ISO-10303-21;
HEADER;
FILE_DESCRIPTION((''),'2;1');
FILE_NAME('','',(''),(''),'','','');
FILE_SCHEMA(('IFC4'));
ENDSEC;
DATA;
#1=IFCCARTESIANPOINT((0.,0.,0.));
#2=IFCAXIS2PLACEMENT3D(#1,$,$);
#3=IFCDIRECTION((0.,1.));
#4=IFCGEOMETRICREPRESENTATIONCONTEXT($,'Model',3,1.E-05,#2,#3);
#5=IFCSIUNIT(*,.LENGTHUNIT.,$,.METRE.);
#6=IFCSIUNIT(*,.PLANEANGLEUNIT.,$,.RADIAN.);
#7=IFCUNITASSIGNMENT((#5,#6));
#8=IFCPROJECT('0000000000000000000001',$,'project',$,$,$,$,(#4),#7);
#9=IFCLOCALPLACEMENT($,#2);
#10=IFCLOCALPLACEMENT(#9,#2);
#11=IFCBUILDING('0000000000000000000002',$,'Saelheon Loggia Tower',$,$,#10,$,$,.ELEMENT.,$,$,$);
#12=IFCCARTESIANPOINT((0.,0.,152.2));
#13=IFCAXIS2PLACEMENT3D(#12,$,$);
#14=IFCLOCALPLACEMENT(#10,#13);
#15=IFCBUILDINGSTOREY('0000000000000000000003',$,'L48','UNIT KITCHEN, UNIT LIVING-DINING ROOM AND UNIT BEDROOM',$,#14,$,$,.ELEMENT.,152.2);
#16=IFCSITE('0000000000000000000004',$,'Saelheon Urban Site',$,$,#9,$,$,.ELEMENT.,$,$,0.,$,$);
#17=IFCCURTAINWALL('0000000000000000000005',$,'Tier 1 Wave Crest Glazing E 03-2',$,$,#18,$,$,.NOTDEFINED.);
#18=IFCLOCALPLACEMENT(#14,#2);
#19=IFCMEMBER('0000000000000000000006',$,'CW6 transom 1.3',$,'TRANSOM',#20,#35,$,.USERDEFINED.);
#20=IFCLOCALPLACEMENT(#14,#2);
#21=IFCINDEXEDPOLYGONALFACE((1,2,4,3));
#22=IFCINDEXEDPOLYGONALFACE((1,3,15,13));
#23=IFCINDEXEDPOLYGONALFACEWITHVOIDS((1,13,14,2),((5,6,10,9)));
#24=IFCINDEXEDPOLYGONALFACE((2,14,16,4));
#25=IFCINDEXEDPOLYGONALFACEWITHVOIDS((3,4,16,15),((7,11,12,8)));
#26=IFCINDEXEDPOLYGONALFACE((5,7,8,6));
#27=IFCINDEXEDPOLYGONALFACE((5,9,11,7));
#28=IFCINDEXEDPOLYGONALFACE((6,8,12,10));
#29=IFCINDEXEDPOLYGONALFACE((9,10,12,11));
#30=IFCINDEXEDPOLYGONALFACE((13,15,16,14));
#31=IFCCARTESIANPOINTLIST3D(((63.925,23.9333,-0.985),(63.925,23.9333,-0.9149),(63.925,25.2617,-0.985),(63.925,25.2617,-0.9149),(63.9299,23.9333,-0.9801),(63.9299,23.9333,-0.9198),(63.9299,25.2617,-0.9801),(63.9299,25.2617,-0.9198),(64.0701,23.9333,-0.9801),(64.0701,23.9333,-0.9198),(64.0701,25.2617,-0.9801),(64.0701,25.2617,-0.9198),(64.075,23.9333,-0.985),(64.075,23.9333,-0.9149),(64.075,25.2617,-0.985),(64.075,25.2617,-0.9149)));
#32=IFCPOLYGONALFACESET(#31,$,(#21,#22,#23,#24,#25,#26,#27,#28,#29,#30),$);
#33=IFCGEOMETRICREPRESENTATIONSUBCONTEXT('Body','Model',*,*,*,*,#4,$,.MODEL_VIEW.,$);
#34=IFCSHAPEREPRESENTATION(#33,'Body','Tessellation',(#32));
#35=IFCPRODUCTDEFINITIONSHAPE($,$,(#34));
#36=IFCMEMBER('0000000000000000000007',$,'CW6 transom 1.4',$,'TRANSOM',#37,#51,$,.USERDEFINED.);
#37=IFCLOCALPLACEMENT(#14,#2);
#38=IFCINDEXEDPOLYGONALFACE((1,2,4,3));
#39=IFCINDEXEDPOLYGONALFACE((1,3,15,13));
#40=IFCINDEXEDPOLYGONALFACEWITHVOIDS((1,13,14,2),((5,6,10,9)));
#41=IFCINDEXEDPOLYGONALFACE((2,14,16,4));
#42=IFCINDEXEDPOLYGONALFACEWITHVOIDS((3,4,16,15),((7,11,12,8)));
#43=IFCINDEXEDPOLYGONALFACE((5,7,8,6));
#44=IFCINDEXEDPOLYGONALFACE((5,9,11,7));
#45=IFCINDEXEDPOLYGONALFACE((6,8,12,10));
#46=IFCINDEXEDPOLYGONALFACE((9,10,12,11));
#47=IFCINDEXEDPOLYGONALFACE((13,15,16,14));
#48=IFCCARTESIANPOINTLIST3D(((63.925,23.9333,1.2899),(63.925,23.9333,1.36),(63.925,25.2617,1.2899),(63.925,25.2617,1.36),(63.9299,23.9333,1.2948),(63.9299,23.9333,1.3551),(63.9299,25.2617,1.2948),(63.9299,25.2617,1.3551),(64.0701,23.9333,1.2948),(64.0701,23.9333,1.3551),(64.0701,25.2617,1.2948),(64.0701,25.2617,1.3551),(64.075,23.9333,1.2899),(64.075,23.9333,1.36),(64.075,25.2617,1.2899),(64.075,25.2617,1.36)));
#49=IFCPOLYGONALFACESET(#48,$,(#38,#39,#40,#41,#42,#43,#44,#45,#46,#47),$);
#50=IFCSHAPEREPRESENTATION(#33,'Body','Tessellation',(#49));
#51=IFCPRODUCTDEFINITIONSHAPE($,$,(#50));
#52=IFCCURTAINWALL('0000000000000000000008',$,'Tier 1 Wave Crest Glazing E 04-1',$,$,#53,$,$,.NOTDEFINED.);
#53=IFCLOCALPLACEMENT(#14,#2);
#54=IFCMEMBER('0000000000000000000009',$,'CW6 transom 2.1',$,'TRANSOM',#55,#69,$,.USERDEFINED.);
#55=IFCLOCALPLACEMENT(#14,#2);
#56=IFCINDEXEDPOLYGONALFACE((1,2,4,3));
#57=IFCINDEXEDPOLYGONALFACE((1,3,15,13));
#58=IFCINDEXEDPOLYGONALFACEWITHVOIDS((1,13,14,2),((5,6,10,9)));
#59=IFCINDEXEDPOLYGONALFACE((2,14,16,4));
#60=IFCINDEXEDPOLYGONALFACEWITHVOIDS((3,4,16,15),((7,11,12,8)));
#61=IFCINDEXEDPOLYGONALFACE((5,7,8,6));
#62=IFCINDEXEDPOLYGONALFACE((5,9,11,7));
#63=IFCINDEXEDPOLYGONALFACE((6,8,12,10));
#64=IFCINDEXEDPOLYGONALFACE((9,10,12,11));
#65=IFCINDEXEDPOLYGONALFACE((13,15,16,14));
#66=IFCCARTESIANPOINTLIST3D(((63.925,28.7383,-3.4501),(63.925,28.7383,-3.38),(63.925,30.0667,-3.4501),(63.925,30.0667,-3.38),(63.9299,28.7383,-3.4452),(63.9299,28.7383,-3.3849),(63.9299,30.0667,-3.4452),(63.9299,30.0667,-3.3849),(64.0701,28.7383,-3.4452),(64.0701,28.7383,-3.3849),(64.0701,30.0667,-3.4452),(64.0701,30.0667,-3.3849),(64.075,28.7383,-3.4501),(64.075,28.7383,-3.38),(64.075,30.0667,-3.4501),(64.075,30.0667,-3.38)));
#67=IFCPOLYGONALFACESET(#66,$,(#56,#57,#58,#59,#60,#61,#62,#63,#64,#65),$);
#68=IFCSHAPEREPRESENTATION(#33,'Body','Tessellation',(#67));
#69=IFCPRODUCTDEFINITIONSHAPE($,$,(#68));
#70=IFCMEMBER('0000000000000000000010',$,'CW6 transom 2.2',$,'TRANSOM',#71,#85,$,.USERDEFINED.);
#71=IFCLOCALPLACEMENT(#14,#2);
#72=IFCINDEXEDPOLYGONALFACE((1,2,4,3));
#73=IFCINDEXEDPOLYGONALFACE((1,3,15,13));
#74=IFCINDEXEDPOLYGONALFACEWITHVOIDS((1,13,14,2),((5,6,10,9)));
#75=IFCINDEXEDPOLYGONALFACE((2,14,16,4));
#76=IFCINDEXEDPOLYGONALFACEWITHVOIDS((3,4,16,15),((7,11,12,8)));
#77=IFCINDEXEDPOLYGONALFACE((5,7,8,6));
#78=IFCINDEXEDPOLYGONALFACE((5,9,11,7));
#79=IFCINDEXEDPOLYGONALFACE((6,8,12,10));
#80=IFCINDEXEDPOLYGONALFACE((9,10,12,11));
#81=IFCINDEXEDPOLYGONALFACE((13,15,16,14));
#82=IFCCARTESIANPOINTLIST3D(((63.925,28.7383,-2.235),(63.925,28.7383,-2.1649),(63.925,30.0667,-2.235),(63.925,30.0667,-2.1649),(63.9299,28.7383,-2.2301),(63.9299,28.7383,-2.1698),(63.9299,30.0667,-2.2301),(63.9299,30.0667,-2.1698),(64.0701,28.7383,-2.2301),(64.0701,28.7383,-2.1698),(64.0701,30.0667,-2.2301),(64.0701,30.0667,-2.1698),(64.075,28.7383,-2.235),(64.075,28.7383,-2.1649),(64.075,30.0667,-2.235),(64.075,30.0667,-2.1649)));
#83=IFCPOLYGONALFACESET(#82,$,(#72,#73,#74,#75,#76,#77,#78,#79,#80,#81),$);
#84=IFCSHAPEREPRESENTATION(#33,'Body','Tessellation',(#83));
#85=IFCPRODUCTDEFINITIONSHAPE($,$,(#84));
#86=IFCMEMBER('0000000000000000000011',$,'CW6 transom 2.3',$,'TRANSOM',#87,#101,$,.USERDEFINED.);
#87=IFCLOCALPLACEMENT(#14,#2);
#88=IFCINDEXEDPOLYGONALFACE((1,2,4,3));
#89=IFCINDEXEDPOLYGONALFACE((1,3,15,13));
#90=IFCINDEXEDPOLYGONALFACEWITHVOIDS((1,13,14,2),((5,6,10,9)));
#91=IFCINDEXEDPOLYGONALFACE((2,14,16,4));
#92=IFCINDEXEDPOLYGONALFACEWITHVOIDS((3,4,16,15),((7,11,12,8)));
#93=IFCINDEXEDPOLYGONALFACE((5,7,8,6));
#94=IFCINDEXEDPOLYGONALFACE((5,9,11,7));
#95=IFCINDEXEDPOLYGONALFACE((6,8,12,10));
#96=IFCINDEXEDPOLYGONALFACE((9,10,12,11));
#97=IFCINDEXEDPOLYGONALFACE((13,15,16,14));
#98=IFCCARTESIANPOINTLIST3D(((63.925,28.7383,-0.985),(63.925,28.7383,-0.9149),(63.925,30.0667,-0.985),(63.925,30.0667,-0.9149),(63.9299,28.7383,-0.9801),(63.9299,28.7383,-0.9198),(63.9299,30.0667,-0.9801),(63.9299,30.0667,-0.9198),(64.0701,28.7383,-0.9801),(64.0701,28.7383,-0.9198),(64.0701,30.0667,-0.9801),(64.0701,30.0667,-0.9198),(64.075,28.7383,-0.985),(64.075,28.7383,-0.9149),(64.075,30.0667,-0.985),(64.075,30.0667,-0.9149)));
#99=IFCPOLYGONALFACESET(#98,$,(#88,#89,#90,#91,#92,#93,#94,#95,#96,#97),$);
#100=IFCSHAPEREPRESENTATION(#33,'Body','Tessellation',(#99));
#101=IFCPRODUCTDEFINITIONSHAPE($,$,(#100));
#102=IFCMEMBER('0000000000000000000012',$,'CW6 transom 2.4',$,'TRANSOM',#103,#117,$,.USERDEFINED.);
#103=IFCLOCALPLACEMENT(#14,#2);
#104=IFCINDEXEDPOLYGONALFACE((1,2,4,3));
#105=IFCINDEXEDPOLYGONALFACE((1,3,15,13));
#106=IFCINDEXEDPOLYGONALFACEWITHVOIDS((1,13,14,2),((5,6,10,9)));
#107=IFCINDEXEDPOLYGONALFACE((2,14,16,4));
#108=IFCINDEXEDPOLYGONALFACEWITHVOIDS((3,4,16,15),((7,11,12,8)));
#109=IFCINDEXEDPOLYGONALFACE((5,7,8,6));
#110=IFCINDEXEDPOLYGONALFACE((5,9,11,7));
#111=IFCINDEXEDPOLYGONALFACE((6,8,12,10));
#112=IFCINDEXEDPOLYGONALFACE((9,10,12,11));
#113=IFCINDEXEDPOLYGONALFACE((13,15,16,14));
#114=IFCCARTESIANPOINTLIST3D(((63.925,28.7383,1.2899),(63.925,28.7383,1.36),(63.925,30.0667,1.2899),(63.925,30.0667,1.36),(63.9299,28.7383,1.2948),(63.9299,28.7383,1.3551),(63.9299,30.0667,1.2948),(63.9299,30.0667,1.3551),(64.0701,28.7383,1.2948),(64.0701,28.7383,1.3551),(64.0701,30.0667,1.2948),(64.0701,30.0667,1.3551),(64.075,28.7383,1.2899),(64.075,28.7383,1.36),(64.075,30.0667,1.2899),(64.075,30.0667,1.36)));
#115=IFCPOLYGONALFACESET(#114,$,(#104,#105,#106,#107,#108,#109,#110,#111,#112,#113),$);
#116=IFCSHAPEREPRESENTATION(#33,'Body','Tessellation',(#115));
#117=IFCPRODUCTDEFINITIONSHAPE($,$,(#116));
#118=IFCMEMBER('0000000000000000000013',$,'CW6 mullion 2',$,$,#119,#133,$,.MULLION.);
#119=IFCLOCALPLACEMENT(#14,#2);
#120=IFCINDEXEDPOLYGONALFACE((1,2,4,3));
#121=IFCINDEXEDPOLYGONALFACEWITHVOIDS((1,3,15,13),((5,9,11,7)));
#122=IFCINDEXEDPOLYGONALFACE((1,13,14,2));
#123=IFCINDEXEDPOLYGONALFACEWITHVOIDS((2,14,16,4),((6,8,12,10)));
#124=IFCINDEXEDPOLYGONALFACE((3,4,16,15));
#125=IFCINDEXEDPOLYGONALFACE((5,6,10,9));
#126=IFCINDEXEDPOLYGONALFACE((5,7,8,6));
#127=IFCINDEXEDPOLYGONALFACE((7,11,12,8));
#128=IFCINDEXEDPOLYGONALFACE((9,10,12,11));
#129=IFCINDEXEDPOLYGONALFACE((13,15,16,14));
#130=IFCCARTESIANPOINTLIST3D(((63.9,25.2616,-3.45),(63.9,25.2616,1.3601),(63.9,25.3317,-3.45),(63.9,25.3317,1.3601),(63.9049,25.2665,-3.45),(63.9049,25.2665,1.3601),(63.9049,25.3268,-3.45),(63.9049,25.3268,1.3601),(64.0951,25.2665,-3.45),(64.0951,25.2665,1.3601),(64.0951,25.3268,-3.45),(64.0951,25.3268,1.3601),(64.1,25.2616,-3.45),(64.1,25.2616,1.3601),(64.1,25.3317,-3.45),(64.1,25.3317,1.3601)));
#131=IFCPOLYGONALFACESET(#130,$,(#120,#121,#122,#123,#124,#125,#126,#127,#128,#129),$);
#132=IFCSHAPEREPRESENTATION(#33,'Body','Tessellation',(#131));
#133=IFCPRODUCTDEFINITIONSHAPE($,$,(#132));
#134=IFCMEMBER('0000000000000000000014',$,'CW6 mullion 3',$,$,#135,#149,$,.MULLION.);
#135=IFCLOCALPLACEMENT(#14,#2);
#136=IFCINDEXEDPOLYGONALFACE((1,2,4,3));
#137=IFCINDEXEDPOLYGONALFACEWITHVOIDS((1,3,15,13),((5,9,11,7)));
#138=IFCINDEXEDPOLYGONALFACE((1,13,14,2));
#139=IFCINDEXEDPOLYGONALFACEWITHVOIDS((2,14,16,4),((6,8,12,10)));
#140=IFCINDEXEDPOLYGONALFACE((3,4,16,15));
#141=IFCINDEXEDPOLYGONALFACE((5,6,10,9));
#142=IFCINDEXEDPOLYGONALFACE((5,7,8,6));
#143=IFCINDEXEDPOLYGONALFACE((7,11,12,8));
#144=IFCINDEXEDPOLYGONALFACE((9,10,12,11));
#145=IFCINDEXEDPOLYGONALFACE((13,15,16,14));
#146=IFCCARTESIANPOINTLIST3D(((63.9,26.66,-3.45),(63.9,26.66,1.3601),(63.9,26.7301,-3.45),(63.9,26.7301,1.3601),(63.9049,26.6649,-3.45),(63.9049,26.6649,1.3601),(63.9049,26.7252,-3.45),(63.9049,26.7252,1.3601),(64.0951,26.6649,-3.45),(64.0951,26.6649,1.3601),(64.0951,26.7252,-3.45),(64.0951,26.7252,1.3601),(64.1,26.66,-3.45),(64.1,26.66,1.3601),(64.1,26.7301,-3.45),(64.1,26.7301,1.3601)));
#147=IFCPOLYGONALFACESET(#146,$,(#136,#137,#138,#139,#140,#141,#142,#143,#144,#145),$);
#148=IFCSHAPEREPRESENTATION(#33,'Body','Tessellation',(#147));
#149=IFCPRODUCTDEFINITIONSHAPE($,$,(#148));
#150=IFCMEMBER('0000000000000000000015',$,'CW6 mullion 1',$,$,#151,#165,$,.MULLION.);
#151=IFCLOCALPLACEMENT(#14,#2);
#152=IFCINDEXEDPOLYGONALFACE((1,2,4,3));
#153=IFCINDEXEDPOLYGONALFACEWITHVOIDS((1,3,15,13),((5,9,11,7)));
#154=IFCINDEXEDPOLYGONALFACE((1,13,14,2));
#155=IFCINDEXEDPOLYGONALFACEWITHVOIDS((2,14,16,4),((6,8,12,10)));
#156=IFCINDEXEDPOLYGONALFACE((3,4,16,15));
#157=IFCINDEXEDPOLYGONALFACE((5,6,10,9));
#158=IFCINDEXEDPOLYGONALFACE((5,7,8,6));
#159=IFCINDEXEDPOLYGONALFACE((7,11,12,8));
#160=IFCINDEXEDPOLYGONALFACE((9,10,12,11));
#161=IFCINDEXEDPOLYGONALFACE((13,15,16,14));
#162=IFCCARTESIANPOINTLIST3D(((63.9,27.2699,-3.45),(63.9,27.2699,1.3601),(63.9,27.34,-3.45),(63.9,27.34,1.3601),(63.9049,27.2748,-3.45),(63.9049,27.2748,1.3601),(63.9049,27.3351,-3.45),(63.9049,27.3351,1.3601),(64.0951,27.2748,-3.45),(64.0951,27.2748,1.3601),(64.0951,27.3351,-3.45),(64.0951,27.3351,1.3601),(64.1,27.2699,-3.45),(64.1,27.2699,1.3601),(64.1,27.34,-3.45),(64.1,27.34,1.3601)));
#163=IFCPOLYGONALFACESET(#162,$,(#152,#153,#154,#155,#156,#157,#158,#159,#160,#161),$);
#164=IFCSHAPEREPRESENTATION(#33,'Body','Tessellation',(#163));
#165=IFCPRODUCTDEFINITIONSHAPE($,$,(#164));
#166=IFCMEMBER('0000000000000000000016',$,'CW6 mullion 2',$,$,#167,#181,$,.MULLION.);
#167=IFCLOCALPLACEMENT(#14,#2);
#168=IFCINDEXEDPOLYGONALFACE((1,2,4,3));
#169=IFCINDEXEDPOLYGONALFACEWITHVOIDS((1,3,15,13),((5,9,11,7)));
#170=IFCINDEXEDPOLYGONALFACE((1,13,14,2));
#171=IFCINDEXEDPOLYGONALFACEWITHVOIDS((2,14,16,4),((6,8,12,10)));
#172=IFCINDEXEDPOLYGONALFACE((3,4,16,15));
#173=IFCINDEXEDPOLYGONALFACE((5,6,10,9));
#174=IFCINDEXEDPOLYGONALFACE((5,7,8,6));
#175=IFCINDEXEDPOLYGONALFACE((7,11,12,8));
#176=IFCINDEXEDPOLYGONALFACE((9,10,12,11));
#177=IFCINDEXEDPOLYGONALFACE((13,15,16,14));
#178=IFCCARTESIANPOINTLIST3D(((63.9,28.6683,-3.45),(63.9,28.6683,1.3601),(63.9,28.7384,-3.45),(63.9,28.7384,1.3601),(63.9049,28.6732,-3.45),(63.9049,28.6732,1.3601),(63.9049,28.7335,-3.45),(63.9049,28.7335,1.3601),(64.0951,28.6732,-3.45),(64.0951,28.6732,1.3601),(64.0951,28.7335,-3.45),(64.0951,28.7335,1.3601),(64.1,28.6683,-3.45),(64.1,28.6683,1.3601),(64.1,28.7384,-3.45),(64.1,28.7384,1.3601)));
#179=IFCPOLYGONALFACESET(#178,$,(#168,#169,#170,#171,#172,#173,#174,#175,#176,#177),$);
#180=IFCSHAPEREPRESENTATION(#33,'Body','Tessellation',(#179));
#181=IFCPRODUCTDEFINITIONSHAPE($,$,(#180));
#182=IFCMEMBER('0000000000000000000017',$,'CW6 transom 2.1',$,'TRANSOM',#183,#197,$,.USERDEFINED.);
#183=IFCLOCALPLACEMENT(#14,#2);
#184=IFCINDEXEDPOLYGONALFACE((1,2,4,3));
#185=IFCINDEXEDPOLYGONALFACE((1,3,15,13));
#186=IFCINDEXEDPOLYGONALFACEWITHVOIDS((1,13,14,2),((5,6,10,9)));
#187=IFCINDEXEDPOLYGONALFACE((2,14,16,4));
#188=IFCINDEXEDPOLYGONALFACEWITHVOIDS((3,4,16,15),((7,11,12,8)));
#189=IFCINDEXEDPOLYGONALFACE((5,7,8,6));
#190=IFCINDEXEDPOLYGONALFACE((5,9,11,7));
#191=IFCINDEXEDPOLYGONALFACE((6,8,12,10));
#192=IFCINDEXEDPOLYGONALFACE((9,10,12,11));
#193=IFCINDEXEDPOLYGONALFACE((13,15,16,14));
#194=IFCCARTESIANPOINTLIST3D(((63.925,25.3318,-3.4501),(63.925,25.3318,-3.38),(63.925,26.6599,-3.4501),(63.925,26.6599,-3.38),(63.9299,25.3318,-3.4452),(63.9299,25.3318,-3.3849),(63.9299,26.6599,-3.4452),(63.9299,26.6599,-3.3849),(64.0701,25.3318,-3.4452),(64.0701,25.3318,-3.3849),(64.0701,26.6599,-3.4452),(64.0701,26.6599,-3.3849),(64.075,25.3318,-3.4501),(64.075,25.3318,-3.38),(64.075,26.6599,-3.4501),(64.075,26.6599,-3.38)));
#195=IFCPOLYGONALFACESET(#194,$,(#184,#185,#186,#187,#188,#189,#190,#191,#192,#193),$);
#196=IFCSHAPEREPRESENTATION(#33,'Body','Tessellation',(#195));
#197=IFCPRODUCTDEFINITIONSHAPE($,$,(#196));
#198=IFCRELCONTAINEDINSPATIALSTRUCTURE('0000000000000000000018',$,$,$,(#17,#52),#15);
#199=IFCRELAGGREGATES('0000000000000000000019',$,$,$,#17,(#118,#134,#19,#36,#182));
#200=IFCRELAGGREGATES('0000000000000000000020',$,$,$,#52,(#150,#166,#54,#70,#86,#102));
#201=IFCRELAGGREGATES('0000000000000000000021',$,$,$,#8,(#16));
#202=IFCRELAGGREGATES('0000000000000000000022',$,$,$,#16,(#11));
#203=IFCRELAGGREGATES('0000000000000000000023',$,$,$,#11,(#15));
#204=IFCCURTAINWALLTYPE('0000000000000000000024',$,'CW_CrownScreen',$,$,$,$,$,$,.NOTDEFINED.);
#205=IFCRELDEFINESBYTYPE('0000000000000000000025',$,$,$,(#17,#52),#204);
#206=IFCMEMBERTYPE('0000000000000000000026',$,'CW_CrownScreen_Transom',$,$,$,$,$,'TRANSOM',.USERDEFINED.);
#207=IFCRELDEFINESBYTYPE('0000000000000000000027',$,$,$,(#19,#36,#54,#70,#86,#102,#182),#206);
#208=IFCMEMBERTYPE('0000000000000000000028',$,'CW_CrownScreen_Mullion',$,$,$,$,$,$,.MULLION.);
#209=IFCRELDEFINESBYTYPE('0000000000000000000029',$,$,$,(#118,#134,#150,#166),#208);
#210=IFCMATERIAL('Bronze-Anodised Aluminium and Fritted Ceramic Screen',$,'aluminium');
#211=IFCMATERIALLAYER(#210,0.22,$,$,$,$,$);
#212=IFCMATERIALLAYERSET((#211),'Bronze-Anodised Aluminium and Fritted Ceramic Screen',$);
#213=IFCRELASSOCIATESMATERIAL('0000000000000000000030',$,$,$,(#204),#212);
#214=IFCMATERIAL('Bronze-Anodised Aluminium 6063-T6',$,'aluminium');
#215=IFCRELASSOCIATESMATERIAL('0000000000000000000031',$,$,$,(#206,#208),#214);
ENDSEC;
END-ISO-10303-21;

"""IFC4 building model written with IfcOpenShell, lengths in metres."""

from ifc_helpers import new_model, si_unit, direction, frame, origin, origin_2d, place, context, subcontext, project, spatial, hollow_rectangle, extrude, source, transform, mapped, material, layer, layer_set, material_profile, profile_set, type_object, element, aggregate, save


model = new_model("IFC4")

# Units and contexts
model_context = context("Model", 3, precision=1e-05, world=origin(), true_north=direction((0.0, 1.0)))
body_context = subcontext(model_context, "Body", "Model", "MODEL_VIEW")
ifc_project = project(units=[si_unit("LENGTHUNIT", "METRE"), si_unit("PLANEANGLEUNIT", "RADIAN")], contexts=[model_context])

# Site, building, storey
site_placement = place(None, origin())
site = spatial("IfcSite", under=ifc_project, at=site_placement, Name="Saelheon Urban Site", CompositionType="ELEMENT", RefElevation=0.0)
building_placement = place(site_placement, origin())
building = spatial("IfcBuilding", under=site, at=building_placement, Name="Saelheon Loggia Tower", CompositionType="ELEMENT")
storey_placement = place(building_placement, frame((0.0, 0.0, 152.2)))
storey = spatial("IfcBuildingStorey", under=building, at=storey_placement, Name="L48", Description="UNIT KITCHEN, UNIT LIVING-DINING ROOM AND UNIT BEDROOM", CompositionType="ELEMENT", Elevation=152.2)

# Curtain walls, members
ifc_material_1 = material(Name="Bronze-Anodised Aluminium and Fritted Ceramic Screen", Category="aluminium")
ifc_layer_1 = layer(ifc_material_1, 0.22)
ifc_layer_set_1 = layer_set([ifc_layer_1], Name="Bronze-Anodised Aluminium and Fritted Ceramic Screen")
curtain_wall_type = type_object("IfcCurtainWallType", Name="CW_CrownScreen", PredefinedType="NOTDEFINED", material=ifc_layer_set_1)
curtain_wall_1_placement = place(storey_placement, origin())
curtain_wall_1 = element("IfcCurtainWall", 1, at=curtain_wall_1_placement, inside=storey, type_object=curtain_wall_type, Name="Tier 1 Wave Crest Glazing E 03-2", PredefinedType="NOTDEFINED")
ifc_material_2 = material(Name="Bronze-Anodised Aluminium 6063-T6", Category="aluminium")
ifc_material_profile_1 = material_profile(ifc_material_2, hollow_rectangle(XDim=0.0701, YDim=0.1499, WallThickness=0.0049, at=origin_2d()), Name="RHS-150x70x5")
ifc_profile_set_1 = profile_set([ifc_material_profile_1], Name="Bronze-Anodised Aluminium 6063-T6")
member_type_1 = type_object("IfcMemberType", Name="CW_CrownScreen_Transom", ElementType="TRANSOM", PredefinedType="USERDEFINED", material=ifc_profile_set_1)
shared_shape_1 = source(origin(), body_context, "Body", "SweptSolid", [
    extrude(hollow_rectangle(XDim=0.0701, YDim=0.1499, WallThickness=0.0049, at=origin_2d()), origin(), (0.0, 0.0, 1.0), 1.3284),
])
member_1_placement = place(storey_placement, frame((64.0, 23.9333, -0.95), z_axis=(0.0, 1.0, 0.0), x_axis=(0.0, 0.0, 1.0)))
member_1 = element("IfcMember", 2, at=member_1_placement, type_object=member_type_1, Name="CW6 transom 1.3", ObjectType="TRANSOM", PredefinedType="USERDEFINED", context=body_context, shape_type="MappedRepresentation", body=[
    mapped(shared_shape_1, transform((0.0, 0.0, 0.0), scale=1.0)),
])
member_2_placement = place(storey_placement, frame((64.0, 23.9333, 1.325), z_axis=(0.0, 1.0, 0.0), x_axis=(0.0, 0.0, 1.0)))
member_2 = element("IfcMember", 3, at=member_2_placement, type_object=member_type_1, Name="CW6 transom 1.4", ObjectType="TRANSOM", PredefinedType="USERDEFINED", context=body_context, shape_type="MappedRepresentation", body=[
    mapped(shared_shape_1, transform((0.0, 0.0, 0.0), scale=1.0)),
])
curtain_wall_2_placement = place(storey_placement, origin())
curtain_wall_2 = element("IfcCurtainWall", 4, at=curtain_wall_2_placement, inside=storey, type_object=curtain_wall_type, Name="Tier 1 Wave Crest Glazing E 04-1", PredefinedType="NOTDEFINED")
member_3_placement = place(storey_placement, frame((64.0, 28.7383, -3.415), z_axis=(0.0, 1.0, 0.0), x_axis=(0.0, 0.0, 1.0)))
member_3 = element("IfcMember", 5, at=member_3_placement, type_object=member_type_1, Name="CW6 transom 2.1", ObjectType="TRANSOM", PredefinedType="USERDEFINED", context=body_context, shape_type="MappedRepresentation", body=[
    mapped(shared_shape_1, transform((0.0, 0.0, 0.0), scale=1.0)),
])
member_4_placement = place(storey_placement, frame((64.0, 28.7383, -2.2), z_axis=(0.0, 1.0, 0.0), x_axis=(0.0, 0.0, 1.0)))
member_4 = element("IfcMember", 6, at=member_4_placement, type_object=member_type_1, Name="CW6 transom 2.2", ObjectType="TRANSOM", PredefinedType="USERDEFINED", context=body_context, shape_type="MappedRepresentation", body=[
    mapped(shared_shape_1, transform((0.0, 0.0, 0.0), scale=1.0)),
])
member_5_placement = place(storey_placement, frame((64.0, 28.7383, -0.95), z_axis=(0.0, 1.0, 0.0), x_axis=(0.0, 0.0, 1.0)))
member_5 = element("IfcMember", 7, at=member_5_placement, type_object=member_type_1, Name="CW6 transom 2.3", ObjectType="TRANSOM", PredefinedType="USERDEFINED", context=body_context, shape_type="MappedRepresentation", body=[
    mapped(shared_shape_1, transform((0.0, 0.0, 0.0), scale=1.0)),
])
member_6_placement = place(storey_placement, frame((64.0, 28.7383, 1.325), z_axis=(0.0, 1.0, 0.0), x_axis=(0.0, 0.0, 1.0)))
member_6 = element("IfcMember", 8, at=member_6_placement, type_object=member_type_1, Name="CW6 transom 2.4", ObjectType="TRANSOM", PredefinedType="USERDEFINED", context=body_context, shape_type="MappedRepresentation", body=[
    mapped(shared_shape_1, transform((0.0, 0.0, 0.0), scale=1.0)),
])

# Members
ifc_material_profile_2 = material_profile(ifc_material_2, hollow_rectangle(XDim=0.0701, YDim=0.2, WallThickness=0.0049, at=origin_2d()), Name="RHS-200x70x5")
ifc_profile_set_2 = profile_set([ifc_material_profile_2], Name="Bronze-Anodised Aluminium 6063-T6")
member_type_2 = type_object("IfcMemberType", Name="CW_CrownScreen_Mullion", PredefinedType="MULLION", material=ifc_profile_set_2)
shared_shape_2 = source(origin(), body_context, "Body", "SweptSolid", [
    extrude(hollow_rectangle(XDim=0.0701, YDim=0.2, WallThickness=0.0049, at=origin_2d()), origin(), (0.0, 0.0, 1.0), 4.8101),
])
member_7_placement = place(storey_placement, frame((64.0, 25.2966, -3.45), z_axis=(0.0, 0.0, 1.0), x_axis=(0.0, 1.0, 0.0)))
member_7 = element("IfcMember", 9, at=member_7_placement, type_object=member_type_2, Name="CW6 mullion 2", PredefinedType="MULLION", context=body_context, shape_type="MappedRepresentation", body=[
    mapped(shared_shape_2, transform((0.0, 0.0, 0.0), scale=1.0)),
])
member_8_placement = place(storey_placement, frame((64.0, 26.6951, -3.45), z_axis=(0.0, 0.0, 1.0), x_axis=(0.0, 1.0, 0.0)))
member_8 = element("IfcMember", 10, at=member_8_placement, type_object=member_type_2, Name="CW6 mullion 3", PredefinedType="MULLION", context=body_context, shape_type="MappedRepresentation", body=[
    mapped(shared_shape_2, transform((0.0, 0.0, 0.0), scale=1.0)),
])
member_9_placement = place(storey_placement, frame((64.0, 27.3049, -3.45), z_axis=(0.0, 0.0, 1.0), x_axis=(0.0, 1.0, 0.0)))
member_9 = element("IfcMember", 11, at=member_9_placement, type_object=member_type_2, Name="CW6 mullion 1", PredefinedType="MULLION", context=body_context, shape_type="MappedRepresentation", body=[
    mapped(shared_shape_2, transform((0.0, 0.0, 0.0), scale=1.0)),
])
member_10_placement = place(storey_placement, frame((64.0, 28.7034, -3.45), z_axis=(0.0, 0.0, 1.0), x_axis=(0.0, 1.0, 0.0)))
member_10 = element("IfcMember", 12, at=member_10_placement, type_object=member_type_2, Name="CW6 mullion 2", PredefinedType="MULLION", context=body_context, shape_type="MappedRepresentation", body=[
    mapped(shared_shape_2, transform((0.0, 0.0, 0.0), scale=1.0)),
])
shared_shape_3 = source(origin(), body_context, "Body", "SweptSolid", [
    extrude(hollow_rectangle(XDim=0.0701, YDim=0.1499, WallThickness=0.0049, at=origin_2d()), origin(), (0.0, 0.0, 1.0), 1.3281),
])
member_11_placement = place(storey_placement, frame((64.0, 25.3318, -3.415), z_axis=(0.0, 1.0, 0.0), x_axis=(0.0, 0.0, 1.0)))
member_11 = element("IfcMember", 13, at=member_11_placement, type_object=member_type_1, Name="CW6 transom 2.1", ObjectType="TRANSOM", PredefinedType="USERDEFINED", context=body_context, shape_type="MappedRepresentation", body=[
    mapped(shared_shape_3, transform((0.0, 0.0, 0.0), scale=1.0)),
])

aggregate(curtain_wall_1, [member_7, member_8, member_1, member_2, member_11])
aggregate(curtain_wall_2, [member_9, member_10, member_3, member_4, member_5, member_6])

save(model, "model.ifc")
